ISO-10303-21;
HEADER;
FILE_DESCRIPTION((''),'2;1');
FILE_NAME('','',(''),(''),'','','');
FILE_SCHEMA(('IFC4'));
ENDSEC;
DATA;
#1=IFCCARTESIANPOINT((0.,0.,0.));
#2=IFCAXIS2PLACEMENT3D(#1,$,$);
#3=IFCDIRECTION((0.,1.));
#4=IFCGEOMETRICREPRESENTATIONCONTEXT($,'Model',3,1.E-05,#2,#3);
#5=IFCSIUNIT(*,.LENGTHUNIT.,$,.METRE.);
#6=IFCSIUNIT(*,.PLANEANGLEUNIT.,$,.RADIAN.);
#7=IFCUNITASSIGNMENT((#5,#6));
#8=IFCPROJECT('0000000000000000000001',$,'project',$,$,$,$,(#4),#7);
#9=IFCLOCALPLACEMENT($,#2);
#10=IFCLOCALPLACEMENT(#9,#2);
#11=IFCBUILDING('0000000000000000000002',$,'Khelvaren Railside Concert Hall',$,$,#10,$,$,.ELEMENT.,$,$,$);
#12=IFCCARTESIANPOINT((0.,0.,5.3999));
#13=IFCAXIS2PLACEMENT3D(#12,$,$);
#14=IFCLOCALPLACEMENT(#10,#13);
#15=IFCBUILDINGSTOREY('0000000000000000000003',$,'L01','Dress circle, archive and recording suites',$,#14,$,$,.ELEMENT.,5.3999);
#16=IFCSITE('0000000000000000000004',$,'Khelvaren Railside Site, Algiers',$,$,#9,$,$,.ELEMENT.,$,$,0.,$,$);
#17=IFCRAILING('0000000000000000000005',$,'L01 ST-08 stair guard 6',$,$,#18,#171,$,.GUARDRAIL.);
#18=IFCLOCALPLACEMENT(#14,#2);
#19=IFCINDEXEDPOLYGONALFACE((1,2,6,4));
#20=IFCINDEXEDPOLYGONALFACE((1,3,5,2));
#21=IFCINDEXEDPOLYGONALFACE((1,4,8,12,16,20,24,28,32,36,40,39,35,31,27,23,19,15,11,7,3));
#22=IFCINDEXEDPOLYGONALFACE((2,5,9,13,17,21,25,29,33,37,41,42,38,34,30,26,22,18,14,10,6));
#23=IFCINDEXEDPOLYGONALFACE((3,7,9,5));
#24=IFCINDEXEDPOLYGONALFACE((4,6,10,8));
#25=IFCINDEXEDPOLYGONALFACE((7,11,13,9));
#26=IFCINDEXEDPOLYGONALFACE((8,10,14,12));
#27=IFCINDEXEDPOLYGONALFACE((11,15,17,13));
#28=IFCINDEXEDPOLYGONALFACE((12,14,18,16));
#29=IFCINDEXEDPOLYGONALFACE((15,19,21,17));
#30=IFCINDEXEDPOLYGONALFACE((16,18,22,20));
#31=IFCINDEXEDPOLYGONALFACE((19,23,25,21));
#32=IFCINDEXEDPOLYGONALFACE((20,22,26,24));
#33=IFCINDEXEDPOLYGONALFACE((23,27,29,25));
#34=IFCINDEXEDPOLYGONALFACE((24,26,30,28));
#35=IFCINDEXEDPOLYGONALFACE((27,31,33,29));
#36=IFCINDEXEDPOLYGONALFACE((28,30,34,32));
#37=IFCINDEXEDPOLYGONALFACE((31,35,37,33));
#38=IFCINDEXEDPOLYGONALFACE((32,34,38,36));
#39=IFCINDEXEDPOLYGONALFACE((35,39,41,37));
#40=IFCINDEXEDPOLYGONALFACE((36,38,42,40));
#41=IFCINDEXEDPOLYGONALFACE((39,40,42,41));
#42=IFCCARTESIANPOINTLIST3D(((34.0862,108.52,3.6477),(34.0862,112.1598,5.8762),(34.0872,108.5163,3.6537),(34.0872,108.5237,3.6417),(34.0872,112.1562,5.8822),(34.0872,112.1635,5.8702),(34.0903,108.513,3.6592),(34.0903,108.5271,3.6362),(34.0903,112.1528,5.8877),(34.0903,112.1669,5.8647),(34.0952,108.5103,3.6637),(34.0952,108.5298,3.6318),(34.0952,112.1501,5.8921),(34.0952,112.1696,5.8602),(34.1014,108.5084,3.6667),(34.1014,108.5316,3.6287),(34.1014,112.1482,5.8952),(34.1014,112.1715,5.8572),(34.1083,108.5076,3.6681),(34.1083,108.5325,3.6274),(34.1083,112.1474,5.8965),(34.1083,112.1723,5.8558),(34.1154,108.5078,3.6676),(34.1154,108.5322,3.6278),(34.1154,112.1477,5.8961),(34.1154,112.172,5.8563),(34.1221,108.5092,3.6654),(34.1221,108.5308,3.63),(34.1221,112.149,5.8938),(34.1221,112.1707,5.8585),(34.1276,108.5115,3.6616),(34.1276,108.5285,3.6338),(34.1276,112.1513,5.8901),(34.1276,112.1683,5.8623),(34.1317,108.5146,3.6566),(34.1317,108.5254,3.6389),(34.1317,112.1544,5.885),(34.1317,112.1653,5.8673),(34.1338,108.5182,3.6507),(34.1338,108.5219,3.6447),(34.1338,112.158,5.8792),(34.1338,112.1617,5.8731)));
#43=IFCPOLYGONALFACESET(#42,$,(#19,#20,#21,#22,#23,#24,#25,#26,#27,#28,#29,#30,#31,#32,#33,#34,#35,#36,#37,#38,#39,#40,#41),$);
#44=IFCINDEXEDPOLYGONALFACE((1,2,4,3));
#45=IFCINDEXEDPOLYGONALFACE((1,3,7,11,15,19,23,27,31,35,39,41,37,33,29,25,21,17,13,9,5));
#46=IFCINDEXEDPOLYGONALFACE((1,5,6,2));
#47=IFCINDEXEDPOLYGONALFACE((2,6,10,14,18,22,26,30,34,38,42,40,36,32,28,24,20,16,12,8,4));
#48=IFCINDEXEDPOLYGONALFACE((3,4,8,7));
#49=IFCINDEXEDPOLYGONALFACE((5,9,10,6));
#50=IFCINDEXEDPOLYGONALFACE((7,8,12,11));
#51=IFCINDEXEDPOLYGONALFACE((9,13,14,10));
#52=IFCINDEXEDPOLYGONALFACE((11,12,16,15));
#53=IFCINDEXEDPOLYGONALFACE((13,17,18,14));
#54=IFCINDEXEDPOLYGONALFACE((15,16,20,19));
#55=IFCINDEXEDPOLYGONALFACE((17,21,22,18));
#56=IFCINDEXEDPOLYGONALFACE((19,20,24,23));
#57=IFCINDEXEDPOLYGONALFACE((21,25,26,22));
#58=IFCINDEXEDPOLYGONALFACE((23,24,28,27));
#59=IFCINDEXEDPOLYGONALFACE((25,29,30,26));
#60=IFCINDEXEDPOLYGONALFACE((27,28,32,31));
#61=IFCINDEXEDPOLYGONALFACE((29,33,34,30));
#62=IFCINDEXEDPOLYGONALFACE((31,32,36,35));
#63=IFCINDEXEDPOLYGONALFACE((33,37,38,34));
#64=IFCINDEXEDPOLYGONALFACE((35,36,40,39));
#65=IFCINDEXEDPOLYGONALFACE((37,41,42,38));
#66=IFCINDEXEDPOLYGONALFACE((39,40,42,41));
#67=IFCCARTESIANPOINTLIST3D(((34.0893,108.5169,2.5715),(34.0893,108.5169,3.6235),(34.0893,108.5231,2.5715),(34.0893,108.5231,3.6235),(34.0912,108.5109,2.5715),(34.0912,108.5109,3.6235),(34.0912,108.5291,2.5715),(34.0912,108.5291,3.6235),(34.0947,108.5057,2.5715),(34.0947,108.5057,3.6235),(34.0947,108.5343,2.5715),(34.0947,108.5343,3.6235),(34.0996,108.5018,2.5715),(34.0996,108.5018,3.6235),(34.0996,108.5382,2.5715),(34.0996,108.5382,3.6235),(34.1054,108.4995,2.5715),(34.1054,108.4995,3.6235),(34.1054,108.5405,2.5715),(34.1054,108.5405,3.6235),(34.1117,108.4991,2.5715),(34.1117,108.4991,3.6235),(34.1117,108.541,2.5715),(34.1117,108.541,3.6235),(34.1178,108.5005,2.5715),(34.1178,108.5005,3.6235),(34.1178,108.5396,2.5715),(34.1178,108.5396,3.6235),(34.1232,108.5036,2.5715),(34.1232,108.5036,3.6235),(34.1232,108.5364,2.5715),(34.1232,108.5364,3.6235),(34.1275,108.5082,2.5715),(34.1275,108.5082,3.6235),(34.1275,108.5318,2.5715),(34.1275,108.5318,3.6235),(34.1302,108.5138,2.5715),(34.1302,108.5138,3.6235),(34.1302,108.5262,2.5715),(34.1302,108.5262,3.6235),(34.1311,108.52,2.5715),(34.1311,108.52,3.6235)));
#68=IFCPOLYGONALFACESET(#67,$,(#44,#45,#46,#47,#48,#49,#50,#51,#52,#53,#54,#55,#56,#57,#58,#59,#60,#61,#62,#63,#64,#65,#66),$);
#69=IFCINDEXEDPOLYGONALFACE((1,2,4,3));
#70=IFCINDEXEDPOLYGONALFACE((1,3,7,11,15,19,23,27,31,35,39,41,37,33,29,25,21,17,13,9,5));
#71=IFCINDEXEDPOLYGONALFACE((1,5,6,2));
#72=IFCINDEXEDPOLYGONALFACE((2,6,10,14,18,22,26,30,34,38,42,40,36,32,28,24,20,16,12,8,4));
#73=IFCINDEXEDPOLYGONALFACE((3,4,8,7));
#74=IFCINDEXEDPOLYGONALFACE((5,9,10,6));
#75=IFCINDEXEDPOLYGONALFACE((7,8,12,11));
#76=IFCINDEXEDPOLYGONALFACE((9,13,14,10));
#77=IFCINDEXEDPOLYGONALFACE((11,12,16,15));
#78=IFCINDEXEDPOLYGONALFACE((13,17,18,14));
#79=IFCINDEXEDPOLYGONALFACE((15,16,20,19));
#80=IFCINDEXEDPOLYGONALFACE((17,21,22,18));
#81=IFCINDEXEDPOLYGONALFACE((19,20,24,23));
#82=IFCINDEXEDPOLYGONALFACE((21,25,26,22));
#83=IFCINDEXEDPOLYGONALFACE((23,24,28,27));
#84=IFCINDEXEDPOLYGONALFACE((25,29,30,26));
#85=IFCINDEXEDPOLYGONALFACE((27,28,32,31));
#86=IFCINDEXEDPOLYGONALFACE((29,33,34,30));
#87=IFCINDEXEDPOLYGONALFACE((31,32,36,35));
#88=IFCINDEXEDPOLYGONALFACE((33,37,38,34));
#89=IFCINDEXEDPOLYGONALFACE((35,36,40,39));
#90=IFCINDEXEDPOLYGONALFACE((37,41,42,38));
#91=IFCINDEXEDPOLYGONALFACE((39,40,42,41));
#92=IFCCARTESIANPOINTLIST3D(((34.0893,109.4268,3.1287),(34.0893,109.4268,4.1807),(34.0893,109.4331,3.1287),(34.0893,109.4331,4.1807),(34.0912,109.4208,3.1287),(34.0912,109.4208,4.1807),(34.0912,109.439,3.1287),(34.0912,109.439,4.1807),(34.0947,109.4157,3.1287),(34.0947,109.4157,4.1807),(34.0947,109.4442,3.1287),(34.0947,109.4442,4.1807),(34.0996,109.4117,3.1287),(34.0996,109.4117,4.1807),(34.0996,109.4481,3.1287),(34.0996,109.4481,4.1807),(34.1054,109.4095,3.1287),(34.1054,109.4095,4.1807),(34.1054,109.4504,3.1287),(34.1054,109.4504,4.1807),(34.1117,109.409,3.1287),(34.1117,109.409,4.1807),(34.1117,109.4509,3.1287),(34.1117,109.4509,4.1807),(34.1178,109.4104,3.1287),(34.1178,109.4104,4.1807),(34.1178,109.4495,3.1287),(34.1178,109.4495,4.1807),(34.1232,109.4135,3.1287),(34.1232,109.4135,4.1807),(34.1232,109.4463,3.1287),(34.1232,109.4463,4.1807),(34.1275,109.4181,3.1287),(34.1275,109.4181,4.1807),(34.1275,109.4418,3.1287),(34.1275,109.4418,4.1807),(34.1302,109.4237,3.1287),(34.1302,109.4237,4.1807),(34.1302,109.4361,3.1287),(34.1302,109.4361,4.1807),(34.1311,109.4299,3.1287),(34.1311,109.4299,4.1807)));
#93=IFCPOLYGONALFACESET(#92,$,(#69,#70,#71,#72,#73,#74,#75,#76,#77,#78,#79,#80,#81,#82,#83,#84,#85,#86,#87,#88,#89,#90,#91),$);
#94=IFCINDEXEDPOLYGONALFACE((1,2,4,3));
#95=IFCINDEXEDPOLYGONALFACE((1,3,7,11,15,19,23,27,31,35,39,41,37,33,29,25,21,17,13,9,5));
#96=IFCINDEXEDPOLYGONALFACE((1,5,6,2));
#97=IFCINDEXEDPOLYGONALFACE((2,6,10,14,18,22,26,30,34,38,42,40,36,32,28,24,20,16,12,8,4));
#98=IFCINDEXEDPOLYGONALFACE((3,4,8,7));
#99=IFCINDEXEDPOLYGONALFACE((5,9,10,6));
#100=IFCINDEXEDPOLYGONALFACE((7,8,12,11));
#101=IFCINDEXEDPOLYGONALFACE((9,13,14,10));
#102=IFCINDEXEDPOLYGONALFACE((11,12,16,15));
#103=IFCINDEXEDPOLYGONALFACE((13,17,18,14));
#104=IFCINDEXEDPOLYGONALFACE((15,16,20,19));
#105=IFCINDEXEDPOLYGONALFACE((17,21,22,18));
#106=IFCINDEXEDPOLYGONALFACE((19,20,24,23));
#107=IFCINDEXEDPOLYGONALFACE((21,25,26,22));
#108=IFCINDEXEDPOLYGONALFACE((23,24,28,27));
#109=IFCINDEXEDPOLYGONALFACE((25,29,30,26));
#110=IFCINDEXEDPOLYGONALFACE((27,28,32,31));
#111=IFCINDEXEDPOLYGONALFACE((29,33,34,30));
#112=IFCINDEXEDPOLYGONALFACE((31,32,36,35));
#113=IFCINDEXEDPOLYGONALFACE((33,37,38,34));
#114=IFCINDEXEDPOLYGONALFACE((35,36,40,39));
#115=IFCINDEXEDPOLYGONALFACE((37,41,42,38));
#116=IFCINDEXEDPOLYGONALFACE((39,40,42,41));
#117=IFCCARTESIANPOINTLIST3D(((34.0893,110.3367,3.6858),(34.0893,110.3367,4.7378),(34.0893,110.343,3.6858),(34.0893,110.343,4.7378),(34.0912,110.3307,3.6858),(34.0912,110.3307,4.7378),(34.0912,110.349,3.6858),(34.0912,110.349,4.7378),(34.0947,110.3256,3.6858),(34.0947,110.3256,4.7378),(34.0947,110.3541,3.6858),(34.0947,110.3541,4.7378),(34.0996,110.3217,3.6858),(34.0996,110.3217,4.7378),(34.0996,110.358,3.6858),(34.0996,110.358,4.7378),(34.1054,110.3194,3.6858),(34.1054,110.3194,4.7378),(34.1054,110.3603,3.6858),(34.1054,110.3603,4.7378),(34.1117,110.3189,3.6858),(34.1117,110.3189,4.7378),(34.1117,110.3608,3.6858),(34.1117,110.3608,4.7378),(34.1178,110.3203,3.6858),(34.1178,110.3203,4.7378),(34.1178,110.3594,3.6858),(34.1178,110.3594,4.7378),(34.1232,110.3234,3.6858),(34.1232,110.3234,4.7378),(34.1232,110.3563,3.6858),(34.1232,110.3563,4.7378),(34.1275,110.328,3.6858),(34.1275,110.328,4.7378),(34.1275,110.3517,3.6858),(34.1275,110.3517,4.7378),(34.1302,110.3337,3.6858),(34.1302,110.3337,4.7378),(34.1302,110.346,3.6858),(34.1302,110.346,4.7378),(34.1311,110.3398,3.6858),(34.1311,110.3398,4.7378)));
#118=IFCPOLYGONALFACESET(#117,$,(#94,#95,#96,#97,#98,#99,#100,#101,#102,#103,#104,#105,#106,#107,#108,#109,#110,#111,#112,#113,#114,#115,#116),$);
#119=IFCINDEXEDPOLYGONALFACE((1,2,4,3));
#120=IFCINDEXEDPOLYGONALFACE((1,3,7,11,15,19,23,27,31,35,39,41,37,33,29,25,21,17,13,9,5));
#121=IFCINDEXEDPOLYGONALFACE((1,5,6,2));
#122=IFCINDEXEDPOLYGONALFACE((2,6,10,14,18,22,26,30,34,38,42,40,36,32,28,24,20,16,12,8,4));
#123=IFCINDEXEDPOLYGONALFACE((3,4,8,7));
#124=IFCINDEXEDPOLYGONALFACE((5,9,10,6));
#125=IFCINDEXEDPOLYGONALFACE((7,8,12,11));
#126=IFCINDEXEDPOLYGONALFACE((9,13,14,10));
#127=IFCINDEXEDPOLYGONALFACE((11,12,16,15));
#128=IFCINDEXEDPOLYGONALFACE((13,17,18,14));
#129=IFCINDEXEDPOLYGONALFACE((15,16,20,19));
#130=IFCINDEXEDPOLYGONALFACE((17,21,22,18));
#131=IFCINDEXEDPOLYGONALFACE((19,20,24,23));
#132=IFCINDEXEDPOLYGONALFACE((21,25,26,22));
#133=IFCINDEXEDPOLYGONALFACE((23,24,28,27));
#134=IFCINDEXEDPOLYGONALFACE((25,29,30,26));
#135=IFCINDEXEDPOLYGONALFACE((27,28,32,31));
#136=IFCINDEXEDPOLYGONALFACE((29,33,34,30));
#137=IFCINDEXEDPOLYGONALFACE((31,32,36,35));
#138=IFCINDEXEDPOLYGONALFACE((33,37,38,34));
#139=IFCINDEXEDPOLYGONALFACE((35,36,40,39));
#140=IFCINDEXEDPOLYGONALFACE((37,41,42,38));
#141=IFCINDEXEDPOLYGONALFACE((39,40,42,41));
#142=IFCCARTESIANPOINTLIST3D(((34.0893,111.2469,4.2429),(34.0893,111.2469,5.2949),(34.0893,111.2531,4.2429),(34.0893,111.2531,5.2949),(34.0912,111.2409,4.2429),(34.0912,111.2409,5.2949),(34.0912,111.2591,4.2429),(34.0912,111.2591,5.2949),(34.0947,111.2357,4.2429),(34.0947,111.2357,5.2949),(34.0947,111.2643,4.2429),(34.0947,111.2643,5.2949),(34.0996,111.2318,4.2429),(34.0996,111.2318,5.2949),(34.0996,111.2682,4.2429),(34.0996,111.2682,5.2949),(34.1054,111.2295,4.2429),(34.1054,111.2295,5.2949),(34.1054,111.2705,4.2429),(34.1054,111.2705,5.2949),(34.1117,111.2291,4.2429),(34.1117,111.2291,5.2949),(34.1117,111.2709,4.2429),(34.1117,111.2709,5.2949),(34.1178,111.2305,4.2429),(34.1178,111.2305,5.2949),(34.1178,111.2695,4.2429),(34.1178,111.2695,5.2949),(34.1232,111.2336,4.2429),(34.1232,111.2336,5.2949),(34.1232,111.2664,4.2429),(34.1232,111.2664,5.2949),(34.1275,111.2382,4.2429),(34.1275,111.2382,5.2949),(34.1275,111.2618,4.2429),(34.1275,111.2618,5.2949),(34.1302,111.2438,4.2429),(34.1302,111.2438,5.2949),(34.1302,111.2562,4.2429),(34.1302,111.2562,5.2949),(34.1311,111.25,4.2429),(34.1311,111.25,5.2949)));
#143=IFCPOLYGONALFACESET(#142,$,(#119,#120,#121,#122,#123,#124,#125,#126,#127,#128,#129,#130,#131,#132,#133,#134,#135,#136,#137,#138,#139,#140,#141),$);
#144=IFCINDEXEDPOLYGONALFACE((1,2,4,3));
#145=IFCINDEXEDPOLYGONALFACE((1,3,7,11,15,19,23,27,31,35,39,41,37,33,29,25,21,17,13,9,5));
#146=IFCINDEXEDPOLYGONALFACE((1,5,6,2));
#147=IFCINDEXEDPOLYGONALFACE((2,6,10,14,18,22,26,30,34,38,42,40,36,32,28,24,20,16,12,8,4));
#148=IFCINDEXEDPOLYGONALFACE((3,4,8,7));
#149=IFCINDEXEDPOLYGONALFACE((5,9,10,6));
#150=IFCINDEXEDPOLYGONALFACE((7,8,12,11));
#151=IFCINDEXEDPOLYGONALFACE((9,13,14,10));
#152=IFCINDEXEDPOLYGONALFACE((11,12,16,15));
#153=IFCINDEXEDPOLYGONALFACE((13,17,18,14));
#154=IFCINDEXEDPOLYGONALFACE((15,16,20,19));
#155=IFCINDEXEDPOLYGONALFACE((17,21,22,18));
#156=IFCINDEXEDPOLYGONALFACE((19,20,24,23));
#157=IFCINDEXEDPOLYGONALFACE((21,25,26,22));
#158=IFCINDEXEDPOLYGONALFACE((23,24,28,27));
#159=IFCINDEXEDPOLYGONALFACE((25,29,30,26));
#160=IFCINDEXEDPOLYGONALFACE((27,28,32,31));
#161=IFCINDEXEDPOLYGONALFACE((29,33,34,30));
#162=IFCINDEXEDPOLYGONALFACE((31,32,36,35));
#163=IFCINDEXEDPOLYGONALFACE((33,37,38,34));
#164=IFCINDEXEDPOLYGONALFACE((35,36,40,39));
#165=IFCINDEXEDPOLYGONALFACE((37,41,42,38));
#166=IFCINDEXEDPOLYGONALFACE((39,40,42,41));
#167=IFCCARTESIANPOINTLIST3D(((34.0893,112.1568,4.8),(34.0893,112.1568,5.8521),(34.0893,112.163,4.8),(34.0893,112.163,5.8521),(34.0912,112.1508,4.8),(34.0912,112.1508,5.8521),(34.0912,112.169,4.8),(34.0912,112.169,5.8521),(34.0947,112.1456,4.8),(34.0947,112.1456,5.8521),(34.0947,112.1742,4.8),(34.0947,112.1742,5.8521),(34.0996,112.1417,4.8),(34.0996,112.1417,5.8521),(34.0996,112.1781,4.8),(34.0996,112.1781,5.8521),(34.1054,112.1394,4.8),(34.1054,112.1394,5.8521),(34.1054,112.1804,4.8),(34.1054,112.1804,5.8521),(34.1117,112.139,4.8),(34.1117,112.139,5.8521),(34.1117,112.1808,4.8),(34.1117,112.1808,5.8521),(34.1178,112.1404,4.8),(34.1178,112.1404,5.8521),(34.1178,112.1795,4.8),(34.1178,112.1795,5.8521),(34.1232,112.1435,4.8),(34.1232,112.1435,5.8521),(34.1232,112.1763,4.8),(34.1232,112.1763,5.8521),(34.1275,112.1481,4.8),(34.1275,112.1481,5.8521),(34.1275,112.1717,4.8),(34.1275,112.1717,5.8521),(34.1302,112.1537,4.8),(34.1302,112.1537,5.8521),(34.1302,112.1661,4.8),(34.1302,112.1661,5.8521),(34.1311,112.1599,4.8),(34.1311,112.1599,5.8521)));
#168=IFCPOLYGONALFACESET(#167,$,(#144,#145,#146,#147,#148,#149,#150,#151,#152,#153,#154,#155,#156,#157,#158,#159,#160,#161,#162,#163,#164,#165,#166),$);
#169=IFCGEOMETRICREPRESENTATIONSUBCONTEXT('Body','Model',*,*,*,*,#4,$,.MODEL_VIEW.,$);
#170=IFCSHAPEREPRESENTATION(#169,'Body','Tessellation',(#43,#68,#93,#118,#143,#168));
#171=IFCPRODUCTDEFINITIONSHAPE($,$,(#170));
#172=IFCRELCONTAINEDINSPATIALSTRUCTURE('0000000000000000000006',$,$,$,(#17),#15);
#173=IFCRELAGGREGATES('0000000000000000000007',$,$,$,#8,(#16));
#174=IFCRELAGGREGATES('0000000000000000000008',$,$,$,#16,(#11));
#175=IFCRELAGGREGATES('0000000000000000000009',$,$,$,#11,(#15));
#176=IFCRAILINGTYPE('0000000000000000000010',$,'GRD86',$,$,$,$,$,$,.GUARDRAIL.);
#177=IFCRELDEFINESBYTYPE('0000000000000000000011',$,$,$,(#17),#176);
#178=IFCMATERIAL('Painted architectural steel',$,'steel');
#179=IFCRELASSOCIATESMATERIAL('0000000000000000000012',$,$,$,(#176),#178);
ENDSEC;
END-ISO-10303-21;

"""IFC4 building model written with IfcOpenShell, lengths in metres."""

from ifc_helpers import new_model, si_unit, direction, frame, origin, origin_2d, place, context, subcontext, project, spatial, circle, extrude, material, type_object, element, save


model = new_model("IFC4")

# Units and contexts
model_context = context("Model", 3, precision=1e-05, world=origin(), true_north=direction((0.0, 1.0)))
body_context = subcontext(model_context, "Body", "Model", "MODEL_VIEW")
ifc_project = project(units=[si_unit("LENGTHUNIT", "METRE"), si_unit("PLANEANGLEUNIT", "RADIAN")], contexts=[model_context])

# Site, building, storey
site_placement = place(None, origin())
site = spatial("IfcSite", under=ifc_project, at=site_placement, Name="Khelvaren Railside Site, Algiers", CompositionType="ELEMENT", RefElevation=0.0)
building_placement = place(site_placement, origin())
building = spatial("IfcBuilding", under=site, at=building_placement, Name="Khelvaren Railside Concert Hall", CompositionType="ELEMENT")
storey_placement = place(building_placement, frame((0.0, 0.0, 5.3999)))
storey = spatial("IfcBuildingStorey", under=building, at=storey_placement, Name="L01", Description="Dress circle, archive and recording suites", CompositionType="ELEMENT", Elevation=5.3999)

# Railing
ifc_material_1 = material(Name="Painted architectural steel", Category="steel")
railing_type_1 = type_object("IfcRailingType", Name="GRD86", PredefinedType="GUARDRAIL", material=ifc_material_1)
railing_1_placement = place(storey_placement, frame((34.1101, 108.52, 2.5715)))
element("IfcRailing", 1, at=railing_1_placement, inside=storey, type_object=railing_type_1, Name="L01 ST-08 stair guard 6", PredefinedType="GUARDRAIL", context=body_context, shape_type="SweptSolid", body=[
    extrude(circle(Radius=0.0239, at=origin_2d()), frame((0.0, 0.0, 1.0762), z_axis=(0.0, 0.85285, 0.522156), x_axis=(-1.0, 0.0, 0.0)), (0.0, 0.0, 1.0), 4.2678),
    extrude(circle(Radius=0.021, at=origin_2d()), origin(), (0.0, 0.0, 1.0), 1.052),
    extrude(circle(Radius=0.021, at=origin_2d()), frame((0.0, 0.9099, 0.5571)), (0.0, 0.0, 1.0), 1.052),
    extrude(circle(Radius=0.021, at=origin_2d()), frame((0.0, 1.8198, 1.1143)), (0.0, 0.0, 1.0), 1.052),
    extrude(circle(Radius=0.021, at=origin_2d()), frame((0.0, 2.73, 1.6714)), (0.0, 0.0, 1.0), 1.052),
    extrude(circle(Radius=0.021, at=origin_2d()), frame((0.0, 3.6399, 2.2285)), (0.0, 0.0, 1.0), 1.052),
])

save(model, "model.ifc")
